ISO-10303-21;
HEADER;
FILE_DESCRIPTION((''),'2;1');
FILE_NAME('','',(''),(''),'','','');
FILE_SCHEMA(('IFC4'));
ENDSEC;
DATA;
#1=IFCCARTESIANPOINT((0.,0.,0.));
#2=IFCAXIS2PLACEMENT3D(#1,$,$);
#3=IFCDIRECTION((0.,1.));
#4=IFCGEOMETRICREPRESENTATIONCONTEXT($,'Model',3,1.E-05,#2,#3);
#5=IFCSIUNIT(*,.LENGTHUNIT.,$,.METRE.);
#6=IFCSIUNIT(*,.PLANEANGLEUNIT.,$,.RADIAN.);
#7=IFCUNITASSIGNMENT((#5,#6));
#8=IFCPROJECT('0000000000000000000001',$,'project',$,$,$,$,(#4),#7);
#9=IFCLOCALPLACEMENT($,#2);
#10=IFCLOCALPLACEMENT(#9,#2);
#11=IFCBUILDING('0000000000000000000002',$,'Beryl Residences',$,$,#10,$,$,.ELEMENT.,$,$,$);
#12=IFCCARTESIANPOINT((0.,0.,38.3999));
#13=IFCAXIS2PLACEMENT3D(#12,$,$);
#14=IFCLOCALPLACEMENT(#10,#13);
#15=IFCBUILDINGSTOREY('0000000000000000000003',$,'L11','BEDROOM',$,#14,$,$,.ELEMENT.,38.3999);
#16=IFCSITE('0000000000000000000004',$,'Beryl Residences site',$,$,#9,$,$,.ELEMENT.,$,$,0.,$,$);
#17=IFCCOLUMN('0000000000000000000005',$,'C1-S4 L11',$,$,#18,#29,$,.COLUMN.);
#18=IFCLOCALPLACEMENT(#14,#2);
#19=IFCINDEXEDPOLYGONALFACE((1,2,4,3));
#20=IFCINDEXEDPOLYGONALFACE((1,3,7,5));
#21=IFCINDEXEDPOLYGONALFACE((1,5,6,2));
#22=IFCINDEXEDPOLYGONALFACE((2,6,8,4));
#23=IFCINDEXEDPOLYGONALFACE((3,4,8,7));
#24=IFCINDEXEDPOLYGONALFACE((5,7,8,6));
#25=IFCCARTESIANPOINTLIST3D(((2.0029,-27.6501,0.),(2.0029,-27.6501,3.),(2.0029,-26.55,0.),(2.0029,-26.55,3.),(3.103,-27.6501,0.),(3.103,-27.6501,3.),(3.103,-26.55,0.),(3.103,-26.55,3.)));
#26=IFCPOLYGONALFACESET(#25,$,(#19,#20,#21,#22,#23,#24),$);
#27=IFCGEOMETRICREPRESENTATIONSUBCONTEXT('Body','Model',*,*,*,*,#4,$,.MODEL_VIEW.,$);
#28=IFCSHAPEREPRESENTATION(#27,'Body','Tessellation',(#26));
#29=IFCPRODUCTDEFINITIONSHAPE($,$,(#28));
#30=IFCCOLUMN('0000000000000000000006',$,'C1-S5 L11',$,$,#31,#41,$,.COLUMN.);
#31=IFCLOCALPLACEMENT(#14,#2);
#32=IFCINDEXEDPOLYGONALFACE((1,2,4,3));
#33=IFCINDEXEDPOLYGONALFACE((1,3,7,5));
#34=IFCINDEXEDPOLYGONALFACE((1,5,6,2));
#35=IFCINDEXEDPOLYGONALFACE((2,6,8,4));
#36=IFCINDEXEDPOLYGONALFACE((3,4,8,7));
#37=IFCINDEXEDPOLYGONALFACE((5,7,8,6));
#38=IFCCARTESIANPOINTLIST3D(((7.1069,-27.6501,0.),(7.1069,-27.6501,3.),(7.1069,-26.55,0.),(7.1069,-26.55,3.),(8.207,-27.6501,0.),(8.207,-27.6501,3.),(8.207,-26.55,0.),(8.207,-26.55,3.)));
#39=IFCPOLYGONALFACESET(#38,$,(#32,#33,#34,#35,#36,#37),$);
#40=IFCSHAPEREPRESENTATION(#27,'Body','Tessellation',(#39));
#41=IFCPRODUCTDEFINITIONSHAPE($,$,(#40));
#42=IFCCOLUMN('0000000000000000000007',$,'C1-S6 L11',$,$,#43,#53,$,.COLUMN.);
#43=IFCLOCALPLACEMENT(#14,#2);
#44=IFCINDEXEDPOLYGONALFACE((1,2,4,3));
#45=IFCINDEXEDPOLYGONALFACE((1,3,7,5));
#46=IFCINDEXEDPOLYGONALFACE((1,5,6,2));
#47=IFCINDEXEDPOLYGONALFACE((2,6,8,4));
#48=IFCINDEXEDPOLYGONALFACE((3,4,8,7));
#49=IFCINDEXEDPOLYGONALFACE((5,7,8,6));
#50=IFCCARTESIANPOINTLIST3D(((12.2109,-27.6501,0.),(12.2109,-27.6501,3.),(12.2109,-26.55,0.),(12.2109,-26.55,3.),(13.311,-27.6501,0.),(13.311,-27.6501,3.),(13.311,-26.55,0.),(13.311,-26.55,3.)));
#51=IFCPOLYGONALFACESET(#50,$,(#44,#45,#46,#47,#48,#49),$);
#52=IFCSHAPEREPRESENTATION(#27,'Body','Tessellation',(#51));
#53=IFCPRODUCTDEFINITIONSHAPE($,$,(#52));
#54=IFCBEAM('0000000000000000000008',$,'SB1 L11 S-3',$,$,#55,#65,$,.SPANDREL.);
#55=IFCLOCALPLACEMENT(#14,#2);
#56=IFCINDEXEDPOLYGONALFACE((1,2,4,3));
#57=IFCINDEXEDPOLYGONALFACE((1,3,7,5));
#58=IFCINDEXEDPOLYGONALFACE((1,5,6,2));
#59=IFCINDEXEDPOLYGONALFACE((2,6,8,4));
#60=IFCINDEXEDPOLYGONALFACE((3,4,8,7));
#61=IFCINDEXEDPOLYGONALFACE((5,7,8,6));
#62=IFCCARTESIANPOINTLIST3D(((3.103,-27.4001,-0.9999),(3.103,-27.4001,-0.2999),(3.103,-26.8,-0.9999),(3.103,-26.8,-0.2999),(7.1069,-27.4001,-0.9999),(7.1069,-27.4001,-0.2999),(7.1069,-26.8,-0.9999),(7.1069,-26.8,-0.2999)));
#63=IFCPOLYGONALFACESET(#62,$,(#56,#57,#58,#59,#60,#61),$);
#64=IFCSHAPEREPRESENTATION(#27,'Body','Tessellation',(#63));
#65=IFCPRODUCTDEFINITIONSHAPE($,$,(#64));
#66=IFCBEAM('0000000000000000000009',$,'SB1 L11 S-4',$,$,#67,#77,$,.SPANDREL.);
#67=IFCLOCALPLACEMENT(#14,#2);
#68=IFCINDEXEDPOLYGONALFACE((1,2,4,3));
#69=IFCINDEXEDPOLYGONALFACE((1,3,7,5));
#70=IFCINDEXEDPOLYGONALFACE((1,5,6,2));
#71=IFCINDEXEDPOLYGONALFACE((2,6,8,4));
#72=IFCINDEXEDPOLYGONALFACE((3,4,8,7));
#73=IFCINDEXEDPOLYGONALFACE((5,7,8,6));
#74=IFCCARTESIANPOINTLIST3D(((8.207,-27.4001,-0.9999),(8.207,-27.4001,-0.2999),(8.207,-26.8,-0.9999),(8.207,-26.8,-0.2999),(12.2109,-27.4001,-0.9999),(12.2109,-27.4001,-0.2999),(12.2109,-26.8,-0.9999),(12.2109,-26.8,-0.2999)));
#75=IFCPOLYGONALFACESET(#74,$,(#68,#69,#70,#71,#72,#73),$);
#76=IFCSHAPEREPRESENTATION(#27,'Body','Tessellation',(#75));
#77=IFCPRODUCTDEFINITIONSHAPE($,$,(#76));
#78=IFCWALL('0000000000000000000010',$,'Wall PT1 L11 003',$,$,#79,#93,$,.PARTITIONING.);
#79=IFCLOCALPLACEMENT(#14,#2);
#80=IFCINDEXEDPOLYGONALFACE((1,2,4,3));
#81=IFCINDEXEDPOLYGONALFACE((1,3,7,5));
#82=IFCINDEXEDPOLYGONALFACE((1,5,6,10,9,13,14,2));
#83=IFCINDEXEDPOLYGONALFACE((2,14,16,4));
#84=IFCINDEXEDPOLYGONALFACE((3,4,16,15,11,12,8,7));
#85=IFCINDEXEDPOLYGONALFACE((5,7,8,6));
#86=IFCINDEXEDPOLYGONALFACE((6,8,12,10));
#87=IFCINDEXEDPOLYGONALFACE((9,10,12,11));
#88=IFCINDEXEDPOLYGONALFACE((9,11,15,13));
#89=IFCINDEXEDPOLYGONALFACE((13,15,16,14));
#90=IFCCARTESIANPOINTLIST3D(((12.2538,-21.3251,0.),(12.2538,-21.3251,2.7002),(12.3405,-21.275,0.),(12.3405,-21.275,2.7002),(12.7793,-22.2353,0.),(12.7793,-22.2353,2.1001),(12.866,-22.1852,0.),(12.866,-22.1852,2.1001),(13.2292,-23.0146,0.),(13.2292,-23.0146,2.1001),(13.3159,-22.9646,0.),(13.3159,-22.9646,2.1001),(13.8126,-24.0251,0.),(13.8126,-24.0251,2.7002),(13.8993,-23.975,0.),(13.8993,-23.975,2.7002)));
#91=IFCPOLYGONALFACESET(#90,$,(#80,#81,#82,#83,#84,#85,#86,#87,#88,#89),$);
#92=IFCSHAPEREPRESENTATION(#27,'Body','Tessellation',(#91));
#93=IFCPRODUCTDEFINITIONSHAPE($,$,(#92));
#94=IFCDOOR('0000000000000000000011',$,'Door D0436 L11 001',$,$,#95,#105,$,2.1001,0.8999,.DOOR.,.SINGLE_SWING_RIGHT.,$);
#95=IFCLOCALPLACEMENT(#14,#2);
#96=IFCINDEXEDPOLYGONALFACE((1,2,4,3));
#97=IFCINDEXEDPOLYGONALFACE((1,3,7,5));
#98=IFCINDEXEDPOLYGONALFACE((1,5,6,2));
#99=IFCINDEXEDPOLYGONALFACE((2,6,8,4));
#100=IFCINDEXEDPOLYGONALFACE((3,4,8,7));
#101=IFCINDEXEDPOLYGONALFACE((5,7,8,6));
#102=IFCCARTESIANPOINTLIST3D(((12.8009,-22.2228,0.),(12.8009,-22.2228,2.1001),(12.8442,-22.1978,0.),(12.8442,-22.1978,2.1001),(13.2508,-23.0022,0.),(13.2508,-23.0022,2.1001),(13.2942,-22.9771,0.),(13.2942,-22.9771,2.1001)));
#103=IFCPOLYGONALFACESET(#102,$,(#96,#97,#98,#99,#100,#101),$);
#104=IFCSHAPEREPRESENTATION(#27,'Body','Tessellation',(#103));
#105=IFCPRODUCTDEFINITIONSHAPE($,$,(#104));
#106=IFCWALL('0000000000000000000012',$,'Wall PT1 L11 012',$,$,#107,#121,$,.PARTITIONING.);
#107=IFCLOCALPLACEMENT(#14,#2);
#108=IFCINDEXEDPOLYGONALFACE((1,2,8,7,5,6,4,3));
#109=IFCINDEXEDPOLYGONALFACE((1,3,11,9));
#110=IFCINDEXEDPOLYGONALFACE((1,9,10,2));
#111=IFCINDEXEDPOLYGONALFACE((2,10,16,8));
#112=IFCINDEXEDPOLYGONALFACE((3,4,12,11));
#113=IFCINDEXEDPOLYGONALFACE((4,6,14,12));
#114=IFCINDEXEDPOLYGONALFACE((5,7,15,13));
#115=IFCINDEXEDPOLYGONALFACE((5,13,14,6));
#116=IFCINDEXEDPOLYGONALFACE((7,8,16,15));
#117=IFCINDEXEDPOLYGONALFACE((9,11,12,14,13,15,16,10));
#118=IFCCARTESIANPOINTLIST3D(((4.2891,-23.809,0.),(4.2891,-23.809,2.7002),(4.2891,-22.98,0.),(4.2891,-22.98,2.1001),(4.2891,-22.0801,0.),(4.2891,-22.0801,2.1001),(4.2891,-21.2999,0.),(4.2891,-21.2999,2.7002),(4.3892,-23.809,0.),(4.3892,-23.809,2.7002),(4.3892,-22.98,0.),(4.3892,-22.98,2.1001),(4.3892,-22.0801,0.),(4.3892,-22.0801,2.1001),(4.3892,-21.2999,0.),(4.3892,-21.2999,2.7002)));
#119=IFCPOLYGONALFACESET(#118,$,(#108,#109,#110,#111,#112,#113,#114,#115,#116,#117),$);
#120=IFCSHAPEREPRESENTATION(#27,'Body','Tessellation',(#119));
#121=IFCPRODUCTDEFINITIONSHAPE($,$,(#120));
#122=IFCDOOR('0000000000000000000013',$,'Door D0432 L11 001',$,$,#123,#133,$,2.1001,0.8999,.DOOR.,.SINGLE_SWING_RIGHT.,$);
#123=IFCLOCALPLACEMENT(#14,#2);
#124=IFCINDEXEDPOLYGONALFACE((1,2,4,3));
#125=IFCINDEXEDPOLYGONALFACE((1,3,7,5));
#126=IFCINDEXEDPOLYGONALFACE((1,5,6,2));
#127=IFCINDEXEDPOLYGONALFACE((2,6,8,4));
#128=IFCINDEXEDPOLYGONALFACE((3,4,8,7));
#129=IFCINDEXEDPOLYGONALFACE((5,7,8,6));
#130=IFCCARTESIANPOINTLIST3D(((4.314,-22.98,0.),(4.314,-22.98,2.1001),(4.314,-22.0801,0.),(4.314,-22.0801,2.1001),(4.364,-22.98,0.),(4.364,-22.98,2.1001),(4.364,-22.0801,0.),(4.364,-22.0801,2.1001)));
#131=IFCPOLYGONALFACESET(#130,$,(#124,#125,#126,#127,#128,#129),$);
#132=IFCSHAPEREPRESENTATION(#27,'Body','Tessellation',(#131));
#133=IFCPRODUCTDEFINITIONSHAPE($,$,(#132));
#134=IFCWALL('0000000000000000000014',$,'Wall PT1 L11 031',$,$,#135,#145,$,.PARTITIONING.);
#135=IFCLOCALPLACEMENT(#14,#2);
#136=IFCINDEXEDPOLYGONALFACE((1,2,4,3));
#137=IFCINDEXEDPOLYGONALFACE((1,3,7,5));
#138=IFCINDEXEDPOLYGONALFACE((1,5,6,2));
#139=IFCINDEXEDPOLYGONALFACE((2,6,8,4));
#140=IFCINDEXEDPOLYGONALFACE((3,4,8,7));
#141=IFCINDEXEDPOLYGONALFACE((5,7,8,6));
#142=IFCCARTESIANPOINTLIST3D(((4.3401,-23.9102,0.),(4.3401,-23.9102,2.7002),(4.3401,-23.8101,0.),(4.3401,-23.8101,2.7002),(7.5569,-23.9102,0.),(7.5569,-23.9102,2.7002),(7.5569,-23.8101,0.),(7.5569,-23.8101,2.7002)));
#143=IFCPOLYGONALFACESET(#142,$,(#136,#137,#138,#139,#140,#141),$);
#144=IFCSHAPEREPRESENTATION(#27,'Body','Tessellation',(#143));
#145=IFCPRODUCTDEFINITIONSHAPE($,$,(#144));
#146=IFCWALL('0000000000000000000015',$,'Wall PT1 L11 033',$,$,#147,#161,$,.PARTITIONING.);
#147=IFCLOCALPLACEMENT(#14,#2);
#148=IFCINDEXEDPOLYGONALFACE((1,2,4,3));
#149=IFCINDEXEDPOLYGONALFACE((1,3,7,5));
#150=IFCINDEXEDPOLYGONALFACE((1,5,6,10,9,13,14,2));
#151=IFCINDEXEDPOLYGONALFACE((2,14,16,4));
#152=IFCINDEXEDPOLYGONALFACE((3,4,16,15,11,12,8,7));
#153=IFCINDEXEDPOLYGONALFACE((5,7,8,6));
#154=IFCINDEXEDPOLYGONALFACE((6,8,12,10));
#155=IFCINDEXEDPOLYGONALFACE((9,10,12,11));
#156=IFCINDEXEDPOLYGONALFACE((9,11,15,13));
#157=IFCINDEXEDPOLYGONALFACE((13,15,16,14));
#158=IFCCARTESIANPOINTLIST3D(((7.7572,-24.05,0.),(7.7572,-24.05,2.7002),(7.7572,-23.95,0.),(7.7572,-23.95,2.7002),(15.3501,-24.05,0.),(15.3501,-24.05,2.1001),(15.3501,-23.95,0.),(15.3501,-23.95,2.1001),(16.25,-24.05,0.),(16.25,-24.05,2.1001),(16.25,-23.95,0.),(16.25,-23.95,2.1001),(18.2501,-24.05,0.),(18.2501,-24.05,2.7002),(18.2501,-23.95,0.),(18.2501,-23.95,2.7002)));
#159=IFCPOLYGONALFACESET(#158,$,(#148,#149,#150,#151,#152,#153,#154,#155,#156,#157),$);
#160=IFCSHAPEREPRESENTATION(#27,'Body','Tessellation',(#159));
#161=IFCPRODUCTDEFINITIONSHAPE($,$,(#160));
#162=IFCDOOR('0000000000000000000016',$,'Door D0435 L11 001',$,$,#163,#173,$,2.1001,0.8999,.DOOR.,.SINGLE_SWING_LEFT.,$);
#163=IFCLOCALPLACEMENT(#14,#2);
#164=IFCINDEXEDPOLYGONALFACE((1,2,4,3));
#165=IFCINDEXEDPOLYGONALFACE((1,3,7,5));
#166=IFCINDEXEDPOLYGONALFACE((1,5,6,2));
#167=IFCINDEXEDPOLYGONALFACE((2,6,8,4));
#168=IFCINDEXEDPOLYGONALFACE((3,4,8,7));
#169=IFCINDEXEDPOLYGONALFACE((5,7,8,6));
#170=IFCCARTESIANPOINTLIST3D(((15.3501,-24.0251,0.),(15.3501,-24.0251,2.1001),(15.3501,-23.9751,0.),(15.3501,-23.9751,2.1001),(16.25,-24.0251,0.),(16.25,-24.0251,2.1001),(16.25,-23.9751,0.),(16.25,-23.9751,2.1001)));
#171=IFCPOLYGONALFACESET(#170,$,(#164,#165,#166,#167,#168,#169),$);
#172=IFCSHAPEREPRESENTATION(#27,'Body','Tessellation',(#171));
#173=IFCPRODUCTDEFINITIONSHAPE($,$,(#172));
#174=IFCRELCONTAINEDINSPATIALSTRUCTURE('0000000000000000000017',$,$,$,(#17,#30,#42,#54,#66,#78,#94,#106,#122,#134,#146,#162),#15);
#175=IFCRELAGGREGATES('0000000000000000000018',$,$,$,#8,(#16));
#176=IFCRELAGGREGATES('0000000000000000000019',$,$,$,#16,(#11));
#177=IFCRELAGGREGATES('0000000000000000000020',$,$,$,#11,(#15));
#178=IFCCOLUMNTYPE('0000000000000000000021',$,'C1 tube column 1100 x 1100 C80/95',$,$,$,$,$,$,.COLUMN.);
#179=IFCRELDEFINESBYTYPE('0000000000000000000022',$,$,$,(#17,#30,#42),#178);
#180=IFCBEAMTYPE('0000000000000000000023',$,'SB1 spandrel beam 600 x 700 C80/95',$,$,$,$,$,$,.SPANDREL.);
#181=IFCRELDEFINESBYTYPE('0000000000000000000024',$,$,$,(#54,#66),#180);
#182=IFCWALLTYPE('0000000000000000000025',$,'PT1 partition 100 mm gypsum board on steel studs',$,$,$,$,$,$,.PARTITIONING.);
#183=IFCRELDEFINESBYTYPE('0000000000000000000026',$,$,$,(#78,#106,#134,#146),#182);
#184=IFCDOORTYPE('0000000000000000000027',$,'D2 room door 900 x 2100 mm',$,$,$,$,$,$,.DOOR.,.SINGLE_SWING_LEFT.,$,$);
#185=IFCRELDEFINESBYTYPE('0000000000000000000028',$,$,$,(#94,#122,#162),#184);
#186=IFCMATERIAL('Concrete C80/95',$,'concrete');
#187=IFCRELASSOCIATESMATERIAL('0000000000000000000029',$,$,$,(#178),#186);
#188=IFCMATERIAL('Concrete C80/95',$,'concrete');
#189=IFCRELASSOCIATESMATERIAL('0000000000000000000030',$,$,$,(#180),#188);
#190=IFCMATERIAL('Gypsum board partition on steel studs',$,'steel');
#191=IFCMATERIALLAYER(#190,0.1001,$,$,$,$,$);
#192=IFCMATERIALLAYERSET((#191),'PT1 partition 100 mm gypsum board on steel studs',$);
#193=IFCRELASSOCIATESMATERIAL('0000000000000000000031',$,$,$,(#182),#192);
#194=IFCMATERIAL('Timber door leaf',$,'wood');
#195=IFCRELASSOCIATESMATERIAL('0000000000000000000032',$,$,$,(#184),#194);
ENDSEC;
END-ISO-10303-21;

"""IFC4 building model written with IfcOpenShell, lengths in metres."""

from ifc_helpers import new_model, si_unit, direction, frame, frame_2d, origin, origin_2d, place, context, subcontext, project, spatial, rectangle, extrude, material, layer, layer_set, material_profile, profile_set, type_object, element, fill, save


model = new_model("IFC4")

# Units and contexts
model_context = context("Model", 3, precision=1e-05, world=origin(), true_north=direction((0.0, 1.0)))
body_context = subcontext(model_context, "Body", "Model", "MODEL_VIEW")
ifc_project = project(units=[si_unit("LENGTHUNIT", "METRE"), si_unit("PLANEANGLEUNIT", "RADIAN")], contexts=[model_context])

# Site, building, storey
site_placement = place(None, origin())
site = spatial("IfcSite", under=ifc_project, at=site_placement, Name="Beryl Residences site", CompositionType="ELEMENT", RefElevation=0.0)
building_placement = place(site_placement, origin())
building = spatial("IfcBuilding", under=site, at=building_placement, Name="Beryl Residences", CompositionType="ELEMENT")
storey_placement = place(building_placement, frame((0.0, 0.0, 38.3999)))
storey = spatial("IfcBuildingStorey", under=building, at=storey_placement, Name="L11", Description="BEDROOM", CompositionType="ELEMENT", Elevation=38.3999)

# Columns
ifc_material_1 = material(Name="Concrete C80/95", Category="concrete")
ifc_material_profile_1 = material_profile(ifc_material_1, rectangle(XDim=1.1001, YDim=1.1001, at=origin_2d()))
ifc_profile_set_1 = profile_set([ifc_material_profile_1], Name="Concrete C80/95")
column_type = type_object("IfcColumnType", Name="C1 tube column 1100 x 1100 C80/95", PredefinedType="COLUMN", material=ifc_profile_set_1)
for number, where, z_axis, x_axis, name in (
    (1, (2.553, -27.1001, 0.0), (0.0, 0.0, 1.0), (1.0, 0.0, 0.0), "C1-S4 L11"),
    (2, (7.657, -27.1001, 0.0), (0.0, 0.0, 1.0), (1.0, 0.0, 0.0), "C1-S5 L11"),
    (3, (12.761, -27.1001, 0.0), (0.0, 0.0, 1.0), (1.0, 0.0, 0.0), "C1-S6 L11"),
):
    element("IfcColumn", number, at=place(storey_placement, frame(where, z_axis=z_axis, x_axis=x_axis)), inside=storey, type_object=column_type, Name=name, PredefinedType="COLUMN", context=body_context, shape_type="SweptSolid", body=[
        extrude(rectangle(XDim=1.1001, YDim=1.1001, at=origin_2d()), origin(), (0.0, 0.0, 1.0), 3.0),
    ])

# Beams
ifc_material_2 = material(Name="Concrete C80/95", Category="concrete")
ifc_material_profile_2 = material_profile(ifc_material_2, rectangle(XDim=0.6001, YDim=0.7, at=origin_2d()))
ifc_profile_set_2 = profile_set([ifc_material_profile_2], Name="Concrete C80/95")
beam_type = type_object("IfcBeamType", Name="SB1 spandrel beam 600 x 700 C80/95", PredefinedType="SPANDREL", material=ifc_profile_set_2)
for number, where, z_axis, x_axis, name in (
    (4, (3.103, -27.1001, -0.6499), (1.0, 0.0, 0.0), (0.0, 1.0, 0.0), "SB1 L11 S-3"),
    (5, (8.207, -27.1001, -0.6499), (1.0, 0.0, 0.0), (0.0, 1.0, 0.0), "SB1 L11 S-4"),
):
    element("IfcBeam", number, at=place(storey_placement, frame(where, z_axis=z_axis, x_axis=x_axis)), inside=storey, type_object=beam_type, Name=name, PredefinedType="SPANDREL", context=body_context, shape_type="SweptSolid", body=[
        extrude(rectangle(XDim=0.6001, YDim=0.7, at=origin_2d()), origin(), (0.0, 0.0, 1.0), 4.0039),
    ])

# Walls, openings, doors
ifc_material_3 = material(Name="Gypsum board partition on steel studs", Category="steel")
ifc_layer_1 = layer(ifc_material_3, 0.1001)
ifc_layer_set_1 = layer_set([ifc_layer_1], Name="PT1 partition 100 mm gypsum board on steel studs")
wall_type_1 = type_object("IfcWallType", Name="PT1 partition 100 mm gypsum board on steel studs", PredefinedType="PARTITIONING", material=ifc_layer_set_1)
wall_1_placement = place(storey_placement, frame((12.2971, -21.3, 0.0), z_axis=(0.0, 0.0, 1.0), x_axis=(0.500005, -0.866023, 0.0)))
wall_1 = element("IfcWall", 6, at=wall_1_placement, inside=storey, type_object=wall_type_1, Name="Wall PT1 L11 003", PredefinedType="PARTITIONING", context=body_context, shape_type="SweptSolid", body=[
    extrude(rectangle(XDim=3.1177, YDim=0.1001, at=frame_2d((1.5588, 0.0))), origin(), (0.0, 0.0, 1.0), 2.7002),
])
opening_1_placement = place(wall_1_placement, frame((1.051, 0.0, 0.0)))
opening_1 = element("IfcOpeningElement", 7, at=opening_1_placement, cuts=wall_1, PredefinedType="OPENING", context=body_context, shape_type="SweptSolid", body=[
    extrude(rectangle(XDim=0.8999, YDim=2.1001, at=frame_2d((0.45, 1.05))), frame((0.0, 0.0601, 0.0), z_axis=(0.0, -1.0, 0.0), x_axis=(1.0, 0.0, 0.0)), (0.0, 0.0, 1.0), 0.1201),
])
ifc_material_4 = material(Name="Timber door leaf", Category="wood")
door_type_1 = type_object("IfcDoorType", Name="D2 room door 900 x 2100 mm", OperationType="SINGLE_SWING_LEFT", PredefinedType="DOOR", material=ifc_material_4)
door_1_placement = place(opening_1_placement, origin())
door_1 = element("IfcDoor", 8, at=door_1_placement, inside=storey, type_object=door_type_1, Name="Door D0436 L11 001", OperationType="SINGLE_SWING_RIGHT", OverallHeight=2.1001, OverallWidth=0.8999, PredefinedType="DOOR", context=body_context, shape_type="SweptSolid", body=[
    extrude(rectangle(XDim=0.8999, YDim=2.1001, at=frame_2d((0.45, 1.05))), frame((0.0, 0.0249, 0.0), z_axis=(0.0, -1.0, 0.0), x_axis=(1.0, 0.0, 0.0)), (0.0, 0.0, 1.0), 0.05),
])
fill(opening_1, door_1)
wall_2_placement = place(storey_placement, frame((4.3391, -21.3, 0.0), z_axis=(0.0, 0.0, 1.0), x_axis=(0.0, -1.0, 0.0)))
wall_2 = element("IfcWall", 9, at=wall_2_placement, inside=storey, type_object=wall_type_1, Name="Wall PT1 L11 012", PredefinedType="PARTITIONING", context=body_context, shape_type="SweptSolid", body=[
    extrude(rectangle(XDim=2.509, YDim=0.1001, at=frame_2d((1.2544, 0.0))), origin(), (0.0, 0.0, 1.0), 2.7002),
])
opening_2_placement = place(wall_2_placement, frame((0.78, 0.0, 0.0)))
opening_2 = element("IfcOpeningElement", 10, at=opening_2_placement, cuts=wall_2, PredefinedType="OPENING", context=body_context, shape_type="SweptSolid", body=[
    extrude(rectangle(XDim=0.8999, YDim=2.1001, at=frame_2d((0.45, 1.05))), frame((0.0, 0.0601, 0.0), z_axis=(0.0, -1.0, 0.0), x_axis=(1.0, 0.0, 0.0)), (0.0, 0.0, 1.0), 0.1201),
])
door_2_placement = place(opening_2_placement, origin())
door_2 = element("IfcDoor", 11, at=door_2_placement, inside=storey, type_object=door_type_1, Name="Door D0432 L11 001", OperationType="SINGLE_SWING_RIGHT", OverallHeight=2.1001, OverallWidth=0.8999, PredefinedType="DOOR", context=body_context, shape_type="SweptSolid", body=[
    extrude(rectangle(XDim=0.8999, YDim=2.1001, at=frame_2d((0.45, 1.05))), frame((0.0, 0.0249, 0.0), z_axis=(0.0, -1.0, 0.0), x_axis=(1.0, 0.0, 0.0)), (0.0, 0.0, 1.0), 0.05),
])
fill(opening_2, door_2)

# Wall
wall_3_placement = place(storey_placement, frame((4.3401, -23.8601, 0.0), z_axis=(0.0, 0.0, 1.0), x_axis=(1.0, 0.0, 0.0)))
element("IfcWall", 12, at=wall_3_placement, inside=storey, type_object=wall_type_1, Name="Wall PT1 L11 031", PredefinedType="PARTITIONING", context=body_context, shape_type="SweptSolid", body=[
    extrude(rectangle(XDim=3.2168, YDim=0.1001, at=frame_2d((1.6084, 0.0))), origin(), (0.0, 0.0, 1.0), 2.7002),
])

# Wall, opening, door
wall_4_placement = place(storey_placement, frame((7.7571, -24.0, 0.0), z_axis=(0.0, 0.0, 1.0), x_axis=(1.0, 0.0, 0.0)))
wall_4 = element("IfcWall", 13, at=wall_4_placement, inside=storey, type_object=wall_type_1, Name="Wall PT1 L11 033", PredefinedType="PARTITIONING", context=body_context, shape_type="SweptSolid", body=[
    extrude(rectangle(XDim=10.4929, YDim=0.1001, at=frame_2d((5.2466, 0.0))), origin(), (0.0, 0.0, 1.0), 2.7002),
])
opening_3_placement = place(wall_4_placement, frame((7.593, 0.0, 0.0)))
opening_3 = element("IfcOpeningElement", 14, at=opening_3_placement, cuts=wall_4, PredefinedType="OPENING", context=body_context, shape_type="SweptSolid", body=[
    extrude(rectangle(XDim=0.8999, YDim=2.1001, at=frame_2d((0.45, 1.05))), frame((0.0, 0.0601, 0.0), z_axis=(0.0, -1.0, 0.0), x_axis=(1.0, 0.0, 0.0)), (0.0, 0.0, 1.0), 0.1201),
])
door_3_placement = place(opening_3_placement, origin())
door_3 = element("IfcDoor", 15, at=door_3_placement, inside=storey, type_object=door_type_1, Name="Door D0435 L11 001", OperationType="SINGLE_SWING_LEFT", OverallHeight=2.1001, OverallWidth=0.8999, PredefinedType="DOOR", context=body_context, shape_type="SweptSolid", body=[
    extrude(rectangle(XDim=0.8999, YDim=2.1001, at=frame_2d((0.45, 1.05))), frame((0.0, 0.0249, 0.0), z_axis=(0.0, -1.0, 0.0), x_axis=(1.0, 0.0, 0.0)), (0.0, 0.0, 1.0), 0.05),
])
fill(opening_3, door_3)

save(model, "model.ifc")
